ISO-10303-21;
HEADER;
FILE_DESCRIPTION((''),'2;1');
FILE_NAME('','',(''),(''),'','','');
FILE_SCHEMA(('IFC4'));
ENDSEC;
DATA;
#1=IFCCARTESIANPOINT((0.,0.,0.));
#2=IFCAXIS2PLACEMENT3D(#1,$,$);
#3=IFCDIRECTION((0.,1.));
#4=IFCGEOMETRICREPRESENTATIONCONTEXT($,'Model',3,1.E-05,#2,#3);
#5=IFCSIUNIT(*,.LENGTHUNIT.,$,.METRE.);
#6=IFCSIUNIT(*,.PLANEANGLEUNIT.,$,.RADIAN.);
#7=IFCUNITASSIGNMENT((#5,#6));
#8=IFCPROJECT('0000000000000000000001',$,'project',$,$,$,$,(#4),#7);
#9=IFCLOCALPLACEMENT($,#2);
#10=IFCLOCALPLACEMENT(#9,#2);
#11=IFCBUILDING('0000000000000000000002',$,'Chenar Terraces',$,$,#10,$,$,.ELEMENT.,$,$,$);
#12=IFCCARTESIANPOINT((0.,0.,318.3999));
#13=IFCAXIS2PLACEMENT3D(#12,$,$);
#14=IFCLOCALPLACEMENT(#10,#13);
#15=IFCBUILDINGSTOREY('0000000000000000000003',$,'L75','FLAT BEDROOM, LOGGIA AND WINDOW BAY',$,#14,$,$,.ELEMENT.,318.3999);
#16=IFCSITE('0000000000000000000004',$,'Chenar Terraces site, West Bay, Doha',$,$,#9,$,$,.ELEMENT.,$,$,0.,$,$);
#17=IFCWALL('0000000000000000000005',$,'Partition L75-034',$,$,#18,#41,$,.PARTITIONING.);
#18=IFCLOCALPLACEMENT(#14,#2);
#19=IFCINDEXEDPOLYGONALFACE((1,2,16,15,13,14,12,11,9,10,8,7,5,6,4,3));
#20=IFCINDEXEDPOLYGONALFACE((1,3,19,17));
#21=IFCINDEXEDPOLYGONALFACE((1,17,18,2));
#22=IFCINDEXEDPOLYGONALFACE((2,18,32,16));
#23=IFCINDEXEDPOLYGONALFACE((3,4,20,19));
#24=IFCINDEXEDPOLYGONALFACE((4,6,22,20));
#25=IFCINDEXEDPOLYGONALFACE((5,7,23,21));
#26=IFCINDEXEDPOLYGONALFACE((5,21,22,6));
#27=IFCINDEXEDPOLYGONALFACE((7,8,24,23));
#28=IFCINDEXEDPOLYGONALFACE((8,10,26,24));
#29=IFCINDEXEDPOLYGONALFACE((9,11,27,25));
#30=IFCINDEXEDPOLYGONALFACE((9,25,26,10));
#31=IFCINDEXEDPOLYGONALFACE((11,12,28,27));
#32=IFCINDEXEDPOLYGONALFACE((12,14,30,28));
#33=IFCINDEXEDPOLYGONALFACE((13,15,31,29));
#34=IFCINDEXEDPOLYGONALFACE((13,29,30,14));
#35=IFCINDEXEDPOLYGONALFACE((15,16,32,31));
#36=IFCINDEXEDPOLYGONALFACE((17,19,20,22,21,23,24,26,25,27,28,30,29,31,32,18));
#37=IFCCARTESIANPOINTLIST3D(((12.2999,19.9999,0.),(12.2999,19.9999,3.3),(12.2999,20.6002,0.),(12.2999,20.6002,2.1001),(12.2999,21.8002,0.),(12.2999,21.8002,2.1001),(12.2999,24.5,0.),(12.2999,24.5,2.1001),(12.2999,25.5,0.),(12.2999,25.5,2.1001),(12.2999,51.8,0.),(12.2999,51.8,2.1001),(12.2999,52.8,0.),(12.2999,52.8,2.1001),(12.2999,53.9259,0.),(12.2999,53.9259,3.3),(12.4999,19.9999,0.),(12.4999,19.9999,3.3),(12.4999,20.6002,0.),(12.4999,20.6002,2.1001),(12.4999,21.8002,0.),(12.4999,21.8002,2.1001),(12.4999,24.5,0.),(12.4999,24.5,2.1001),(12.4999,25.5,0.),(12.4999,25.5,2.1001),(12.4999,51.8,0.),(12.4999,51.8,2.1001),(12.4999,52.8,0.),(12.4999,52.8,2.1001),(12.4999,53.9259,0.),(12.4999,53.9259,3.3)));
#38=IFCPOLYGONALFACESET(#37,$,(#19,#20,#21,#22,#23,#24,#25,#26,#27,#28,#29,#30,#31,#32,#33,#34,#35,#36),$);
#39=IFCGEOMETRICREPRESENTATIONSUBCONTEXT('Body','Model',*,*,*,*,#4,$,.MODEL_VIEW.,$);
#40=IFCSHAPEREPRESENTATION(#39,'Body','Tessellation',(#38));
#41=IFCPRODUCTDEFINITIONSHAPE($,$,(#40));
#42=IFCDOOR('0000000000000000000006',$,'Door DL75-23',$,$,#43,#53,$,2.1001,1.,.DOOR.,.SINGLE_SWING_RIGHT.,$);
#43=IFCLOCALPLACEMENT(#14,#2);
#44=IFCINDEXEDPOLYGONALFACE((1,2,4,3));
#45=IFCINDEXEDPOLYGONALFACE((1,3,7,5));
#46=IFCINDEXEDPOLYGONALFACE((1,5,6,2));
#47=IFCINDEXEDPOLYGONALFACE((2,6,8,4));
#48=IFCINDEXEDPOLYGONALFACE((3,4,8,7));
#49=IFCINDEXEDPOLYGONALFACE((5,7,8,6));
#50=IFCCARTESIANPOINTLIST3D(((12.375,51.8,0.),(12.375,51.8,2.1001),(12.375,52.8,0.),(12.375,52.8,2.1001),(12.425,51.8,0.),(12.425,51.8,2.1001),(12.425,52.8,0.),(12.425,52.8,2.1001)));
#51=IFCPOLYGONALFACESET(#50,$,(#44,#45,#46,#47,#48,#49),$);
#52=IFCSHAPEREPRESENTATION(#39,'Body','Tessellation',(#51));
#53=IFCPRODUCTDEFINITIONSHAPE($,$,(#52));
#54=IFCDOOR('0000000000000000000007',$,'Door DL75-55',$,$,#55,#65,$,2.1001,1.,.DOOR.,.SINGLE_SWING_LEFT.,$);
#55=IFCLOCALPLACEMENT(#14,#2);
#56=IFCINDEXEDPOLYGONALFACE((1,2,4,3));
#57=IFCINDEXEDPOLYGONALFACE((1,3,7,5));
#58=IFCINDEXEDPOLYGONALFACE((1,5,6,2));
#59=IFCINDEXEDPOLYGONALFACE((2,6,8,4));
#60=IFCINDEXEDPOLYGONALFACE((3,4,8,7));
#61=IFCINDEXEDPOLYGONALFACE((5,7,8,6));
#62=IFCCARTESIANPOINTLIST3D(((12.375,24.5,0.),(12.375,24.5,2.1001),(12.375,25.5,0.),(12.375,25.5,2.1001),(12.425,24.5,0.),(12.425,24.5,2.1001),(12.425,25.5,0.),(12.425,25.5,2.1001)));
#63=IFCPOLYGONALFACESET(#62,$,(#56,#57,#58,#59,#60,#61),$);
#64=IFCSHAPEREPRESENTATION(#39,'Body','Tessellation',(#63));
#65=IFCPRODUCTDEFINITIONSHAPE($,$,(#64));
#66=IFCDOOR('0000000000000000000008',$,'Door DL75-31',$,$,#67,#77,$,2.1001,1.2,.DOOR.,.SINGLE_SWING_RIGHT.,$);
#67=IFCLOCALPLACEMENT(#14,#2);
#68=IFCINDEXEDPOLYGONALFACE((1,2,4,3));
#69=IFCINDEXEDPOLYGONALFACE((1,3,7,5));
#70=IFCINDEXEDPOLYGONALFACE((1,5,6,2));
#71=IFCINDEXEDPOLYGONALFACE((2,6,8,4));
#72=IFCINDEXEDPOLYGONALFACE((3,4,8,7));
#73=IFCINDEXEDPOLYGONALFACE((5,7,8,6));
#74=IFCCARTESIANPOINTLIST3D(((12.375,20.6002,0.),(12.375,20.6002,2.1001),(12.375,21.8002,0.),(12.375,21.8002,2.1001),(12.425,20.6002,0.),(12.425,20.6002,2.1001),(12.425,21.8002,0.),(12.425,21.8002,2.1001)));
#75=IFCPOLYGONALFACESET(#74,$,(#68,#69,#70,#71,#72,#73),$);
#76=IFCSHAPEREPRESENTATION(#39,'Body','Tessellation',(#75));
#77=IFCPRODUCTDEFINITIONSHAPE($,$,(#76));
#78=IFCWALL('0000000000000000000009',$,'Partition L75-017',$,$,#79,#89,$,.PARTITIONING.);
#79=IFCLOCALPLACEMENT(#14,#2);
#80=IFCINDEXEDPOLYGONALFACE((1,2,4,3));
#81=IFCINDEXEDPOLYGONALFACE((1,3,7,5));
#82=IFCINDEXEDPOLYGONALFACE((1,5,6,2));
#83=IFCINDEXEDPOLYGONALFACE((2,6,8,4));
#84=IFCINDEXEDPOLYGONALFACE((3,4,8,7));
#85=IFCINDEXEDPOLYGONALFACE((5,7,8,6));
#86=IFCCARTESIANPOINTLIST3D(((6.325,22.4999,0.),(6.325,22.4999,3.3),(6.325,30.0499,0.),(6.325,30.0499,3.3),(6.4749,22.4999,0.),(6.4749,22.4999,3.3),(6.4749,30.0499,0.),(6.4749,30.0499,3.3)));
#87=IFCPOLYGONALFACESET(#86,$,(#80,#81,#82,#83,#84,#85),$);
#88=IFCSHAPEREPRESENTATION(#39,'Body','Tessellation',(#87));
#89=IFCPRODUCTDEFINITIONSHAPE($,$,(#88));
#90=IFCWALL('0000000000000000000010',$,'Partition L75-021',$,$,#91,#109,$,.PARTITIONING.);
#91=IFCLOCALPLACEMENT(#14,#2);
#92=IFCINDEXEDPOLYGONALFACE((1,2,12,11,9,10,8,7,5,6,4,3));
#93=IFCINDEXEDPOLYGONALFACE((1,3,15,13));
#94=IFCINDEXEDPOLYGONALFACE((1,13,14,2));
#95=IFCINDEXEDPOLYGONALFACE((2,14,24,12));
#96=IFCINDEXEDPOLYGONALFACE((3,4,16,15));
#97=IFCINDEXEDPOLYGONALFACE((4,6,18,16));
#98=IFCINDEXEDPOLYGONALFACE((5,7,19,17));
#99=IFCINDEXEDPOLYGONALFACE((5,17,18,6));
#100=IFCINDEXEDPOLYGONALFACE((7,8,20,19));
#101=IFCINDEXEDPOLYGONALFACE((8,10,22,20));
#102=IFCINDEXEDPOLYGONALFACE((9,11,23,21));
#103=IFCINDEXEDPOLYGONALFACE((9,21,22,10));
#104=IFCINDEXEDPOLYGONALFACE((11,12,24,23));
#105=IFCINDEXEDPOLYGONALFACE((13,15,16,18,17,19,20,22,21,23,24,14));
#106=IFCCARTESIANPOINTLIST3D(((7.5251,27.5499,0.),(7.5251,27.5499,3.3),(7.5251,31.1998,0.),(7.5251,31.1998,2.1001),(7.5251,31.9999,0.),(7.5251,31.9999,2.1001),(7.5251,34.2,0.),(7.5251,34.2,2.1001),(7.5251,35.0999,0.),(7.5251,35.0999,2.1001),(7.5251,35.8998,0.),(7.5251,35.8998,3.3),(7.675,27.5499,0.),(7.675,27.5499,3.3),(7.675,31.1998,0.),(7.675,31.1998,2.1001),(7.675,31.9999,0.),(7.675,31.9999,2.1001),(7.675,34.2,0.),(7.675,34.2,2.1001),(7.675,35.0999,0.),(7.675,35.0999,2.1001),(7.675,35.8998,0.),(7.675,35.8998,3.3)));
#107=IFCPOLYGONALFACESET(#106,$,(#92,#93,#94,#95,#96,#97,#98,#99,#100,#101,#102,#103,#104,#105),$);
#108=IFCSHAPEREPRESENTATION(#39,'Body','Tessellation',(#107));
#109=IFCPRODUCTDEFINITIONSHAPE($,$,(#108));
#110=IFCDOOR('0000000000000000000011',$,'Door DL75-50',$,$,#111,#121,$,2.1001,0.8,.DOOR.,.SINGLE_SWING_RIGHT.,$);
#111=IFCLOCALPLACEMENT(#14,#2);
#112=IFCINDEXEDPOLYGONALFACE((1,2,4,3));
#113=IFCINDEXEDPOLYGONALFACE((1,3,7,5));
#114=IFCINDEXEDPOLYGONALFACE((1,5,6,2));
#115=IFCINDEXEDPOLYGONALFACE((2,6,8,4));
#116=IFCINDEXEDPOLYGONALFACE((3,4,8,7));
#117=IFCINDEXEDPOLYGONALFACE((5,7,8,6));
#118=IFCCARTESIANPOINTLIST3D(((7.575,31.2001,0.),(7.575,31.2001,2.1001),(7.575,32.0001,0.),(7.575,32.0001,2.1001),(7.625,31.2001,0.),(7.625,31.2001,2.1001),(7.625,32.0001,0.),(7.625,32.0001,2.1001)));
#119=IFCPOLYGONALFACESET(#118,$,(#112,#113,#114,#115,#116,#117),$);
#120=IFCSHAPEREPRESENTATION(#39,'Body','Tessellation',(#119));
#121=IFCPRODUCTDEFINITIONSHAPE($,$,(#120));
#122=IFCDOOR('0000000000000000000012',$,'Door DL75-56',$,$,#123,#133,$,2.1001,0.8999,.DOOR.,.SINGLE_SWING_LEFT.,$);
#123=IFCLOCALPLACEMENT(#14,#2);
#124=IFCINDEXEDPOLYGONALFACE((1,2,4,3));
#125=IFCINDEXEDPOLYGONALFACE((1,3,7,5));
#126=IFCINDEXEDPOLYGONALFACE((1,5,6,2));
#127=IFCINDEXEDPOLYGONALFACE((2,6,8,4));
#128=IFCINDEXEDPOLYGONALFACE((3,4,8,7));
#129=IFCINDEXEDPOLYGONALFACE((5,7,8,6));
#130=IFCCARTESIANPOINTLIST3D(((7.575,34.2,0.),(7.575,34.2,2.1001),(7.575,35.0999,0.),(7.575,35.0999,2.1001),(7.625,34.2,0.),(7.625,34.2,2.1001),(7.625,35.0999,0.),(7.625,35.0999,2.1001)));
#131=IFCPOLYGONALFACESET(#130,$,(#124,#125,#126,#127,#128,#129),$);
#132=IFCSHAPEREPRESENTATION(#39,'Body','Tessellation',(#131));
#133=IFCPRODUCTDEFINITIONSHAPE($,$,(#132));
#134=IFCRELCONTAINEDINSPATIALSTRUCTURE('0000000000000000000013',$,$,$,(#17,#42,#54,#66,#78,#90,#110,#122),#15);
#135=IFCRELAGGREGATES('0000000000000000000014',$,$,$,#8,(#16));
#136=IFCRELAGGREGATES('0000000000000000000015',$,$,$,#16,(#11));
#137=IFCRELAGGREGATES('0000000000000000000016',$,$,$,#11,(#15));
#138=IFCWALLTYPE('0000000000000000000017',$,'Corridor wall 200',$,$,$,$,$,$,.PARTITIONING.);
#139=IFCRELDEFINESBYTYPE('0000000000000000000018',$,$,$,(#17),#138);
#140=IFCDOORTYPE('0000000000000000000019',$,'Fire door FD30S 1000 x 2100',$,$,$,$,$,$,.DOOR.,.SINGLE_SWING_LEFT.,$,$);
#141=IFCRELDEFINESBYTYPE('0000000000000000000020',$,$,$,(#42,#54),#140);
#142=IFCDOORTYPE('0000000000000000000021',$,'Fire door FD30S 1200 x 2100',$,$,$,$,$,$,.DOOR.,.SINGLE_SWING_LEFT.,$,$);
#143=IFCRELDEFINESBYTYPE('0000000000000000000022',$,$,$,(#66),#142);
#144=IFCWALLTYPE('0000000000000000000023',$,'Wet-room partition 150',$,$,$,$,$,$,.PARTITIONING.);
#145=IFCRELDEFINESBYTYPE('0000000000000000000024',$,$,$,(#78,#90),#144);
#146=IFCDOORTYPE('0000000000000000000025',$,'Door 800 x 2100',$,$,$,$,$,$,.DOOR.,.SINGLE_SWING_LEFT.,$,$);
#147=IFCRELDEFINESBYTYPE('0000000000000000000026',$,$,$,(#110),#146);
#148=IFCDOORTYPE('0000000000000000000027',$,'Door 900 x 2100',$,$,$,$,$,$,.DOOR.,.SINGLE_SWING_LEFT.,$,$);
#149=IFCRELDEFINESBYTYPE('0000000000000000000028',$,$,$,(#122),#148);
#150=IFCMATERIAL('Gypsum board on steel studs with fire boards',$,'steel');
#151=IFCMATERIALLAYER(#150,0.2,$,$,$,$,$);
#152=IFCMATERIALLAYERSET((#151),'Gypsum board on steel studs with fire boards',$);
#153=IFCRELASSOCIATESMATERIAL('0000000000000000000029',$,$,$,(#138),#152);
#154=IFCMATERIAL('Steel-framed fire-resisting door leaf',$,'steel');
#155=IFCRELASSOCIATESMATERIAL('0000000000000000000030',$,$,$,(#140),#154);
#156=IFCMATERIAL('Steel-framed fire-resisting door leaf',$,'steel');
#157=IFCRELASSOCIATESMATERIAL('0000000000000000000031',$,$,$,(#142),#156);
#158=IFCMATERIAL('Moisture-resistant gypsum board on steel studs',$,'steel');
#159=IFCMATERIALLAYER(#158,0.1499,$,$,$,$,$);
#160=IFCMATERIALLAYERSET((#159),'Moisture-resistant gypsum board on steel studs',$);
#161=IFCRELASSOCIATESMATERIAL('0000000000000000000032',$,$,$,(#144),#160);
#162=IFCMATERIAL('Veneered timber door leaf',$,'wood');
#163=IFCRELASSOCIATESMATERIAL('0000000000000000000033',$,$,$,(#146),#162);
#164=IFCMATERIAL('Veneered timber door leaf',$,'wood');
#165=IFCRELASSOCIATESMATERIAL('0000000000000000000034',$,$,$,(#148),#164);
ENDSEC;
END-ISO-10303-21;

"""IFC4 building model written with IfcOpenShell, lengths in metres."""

from ifc_helpers import new_model, si_unit, direction, frame, frame_2d, origin, place, context, subcontext, project, spatial, rectangle, extrude, material, layer, layer_set, type_object, element, fill, save


model = new_model("IFC4")

# Units and contexts
model_context = context("Model", 3, precision=1e-05, world=origin(), true_north=direction((0.0, 1.0)))
body_context = subcontext(model_context, "Body", "Model", "MODEL_VIEW")
ifc_project = project(units=[si_unit("LENGTHUNIT", "METRE"), si_unit("PLANEANGLEUNIT", "RADIAN")], contexts=[model_context])

# Site, building, storey
site_placement = place(None, origin())
site = spatial("IfcSite", under=ifc_project, at=site_placement, Name="Chenar Terraces site, West Bay, Doha", CompositionType="ELEMENT", RefElevation=0.0)
building_placement = place(site_placement, origin())
building = spatial("IfcBuilding", under=site, at=building_placement, Name="Chenar Terraces", CompositionType="ELEMENT")
storey_placement = place(building_placement, frame((0.0, 0.0, 318.3999)))
storey = spatial("IfcBuildingStorey", under=building, at=storey_placement, Name="L75", Description="FLAT BEDROOM, LOGGIA AND WINDOW BAY", CompositionType="ELEMENT", Elevation=318.3999)

# Wall, openings, doors
ifc_material_1 = material(Name="Gypsum board on steel studs with fire boards", Category="steel")
ifc_layer_1 = layer(ifc_material_1, 0.2)
ifc_layer_set_1 = layer_set([ifc_layer_1], Name="Gypsum board on steel studs with fire boards")
wall_type_1 = type_object("IfcWallType", Name="Corridor wall 200", PredefinedType="PARTITIONING", material=ifc_layer_set_1)
wall_1_placement = place(storey_placement, frame((12.3999, 20.0, 0.0), z_axis=(0.0, 0.0, 1.0), x_axis=(0.0, 1.0, 0.0)))
wall_1 = element("IfcWall", 1, at=wall_1_placement, inside=storey, type_object=wall_type_1, Name="Partition L75-034", PredefinedType="PARTITIONING", context=body_context, shape_type="SweptSolid", body=[
    extrude(rectangle(XDim=33.926, YDim=0.2, at=frame_2d((16.9629, 0.0))), origin(), (0.0, 0.0, 1.0), 3.3),
])
opening_1_placement = place(wall_1_placement, frame((31.8, 0.0, 0.0)))
opening_1 = element("IfcOpeningElement", 2, at=opening_1_placement, cuts=wall_1, PredefinedType="OPENING", context=body_context, shape_type="SweptSolid", body=[
    extrude(rectangle(XDim=1.0, YDim=2.1001, at=frame_2d((0.5, 1.05))), frame((0.0, 0.1099, 0.0), z_axis=(0.0, -1.0, 0.0), x_axis=(1.0, 0.0, 0.0)), (0.0, 0.0, 1.0), 0.22),
])
opening_2_placement = place(wall_1_placement, frame((0.6001, 0.0, 0.0)))
opening_2 = element("IfcOpeningElement", 3, at=opening_2_placement, cuts=wall_1, PredefinedType="OPENING", context=body_context, shape_type="SweptSolid", body=[
    extrude(rectangle(XDim=1.2, YDim=2.1001, at=frame_2d((0.6001, 1.05))), frame((0.0, 0.1099, 0.0), z_axis=(0.0, -1.0, 0.0), x_axis=(1.0, 0.0, 0.0)), (0.0, 0.0, 1.0), 0.22),
])
opening_3_placement = place(wall_1_placement, frame((4.5, 0.0, 0.0)))
opening_3 = element("IfcOpeningElement", 4, at=opening_3_placement, cuts=wall_1, PredefinedType="OPENING", context=body_context, shape_type="SweptSolid", body=[
    extrude(rectangle(XDim=1.0, YDim=2.1001, at=frame_2d((0.5, 1.05))), frame((0.0, 0.1099, 0.0), z_axis=(0.0, -1.0, 0.0), x_axis=(1.0, 0.0, 0.0)), (0.0, 0.0, 1.0), 0.22),
])
ifc_material_2 = material(Name="Steel-framed fire-resisting door leaf", Category="steel")
door_type_1 = type_object("IfcDoorType", Name="Fire door FD30S 1000 x 2100", OperationType="SINGLE_SWING_LEFT", PredefinedType="DOOR", material=ifc_material_2)
door_1_placement = place(opening_1_placement, origin())
door_1 = element("IfcDoor", 5, at=door_1_placement, inside=storey, type_object=door_type_1, Name="Door DL75-23", OperationType="SINGLE_SWING_RIGHT", OverallHeight=2.1001, OverallWidth=1.0, PredefinedType="DOOR", context=body_context, shape_type="SweptSolid", body=[
    extrude(rectangle(XDim=1.0, YDim=2.1001, at=frame_2d((0.5, 1.05))), frame((0.0, 0.0249, 0.0), z_axis=(0.0, -1.0, 0.0), x_axis=(1.0, 0.0, 0.0)), (0.0, 0.0, 1.0), 0.05),
])
fill(opening_1, door_1)
door_2_placement = place(opening_3_placement, origin())
door_2 = element("IfcDoor", 6, at=door_2_placement, inside=storey, type_object=door_type_1, Name="Door DL75-55", OperationType="SINGLE_SWING_LEFT", OverallHeight=2.1001, OverallWidth=1.0, PredefinedType="DOOR", context=body_context, shape_type="SweptSolid", body=[
    extrude(rectangle(XDim=1.0, YDim=2.1001, at=frame_2d((0.5, 1.05))), frame((0.0, 0.0249, 0.0), z_axis=(0.0, -1.0, 0.0), x_axis=(1.0, 0.0, 0.0)), (0.0, 0.0, 1.0), 0.05),
])
fill(opening_3, door_2)
ifc_material_3 = material(Name="Steel-framed fire-resisting door leaf", Category="steel")
door_type_2 = type_object("IfcDoorType", Name="Fire door FD30S 1200 x 2100", OperationType="SINGLE_SWING_LEFT", PredefinedType="DOOR", material=ifc_material_3)
door_3_placement = place(opening_2_placement, origin())
door_3 = element("IfcDoor", 7, at=door_3_placement, inside=storey, type_object=door_type_2, Name="Door DL75-31", OperationType="SINGLE_SWING_RIGHT", OverallHeight=2.1001, OverallWidth=1.2, PredefinedType="DOOR", context=body_context, shape_type="SweptSolid", body=[
    extrude(rectangle(XDim=1.2, YDim=2.1001, at=frame_2d((0.6001, 1.05))), frame((0.0, 0.0249, 0.0), z_axis=(0.0, -1.0, 0.0), x_axis=(1.0, 0.0, 0.0)), (0.0, 0.0, 1.0), 0.05),
])
fill(opening_2, door_3)

# Wall
ifc_material_4 = material(Name="Moisture-resistant gypsum board on steel studs", Category="steel")
ifc_layer_2 = layer(ifc_material_4, 0.1499)
ifc_layer_set_2 = layer_set([ifc_layer_2], Name="Moisture-resistant gypsum board on steel studs")
wall_type_2 = type_object("IfcWallType", Name="Wet-room partition 150", PredefinedType="PARTITIONING", material=ifc_layer_set_2)
wall_2_placement = place(storey_placement, frame((6.3999, 22.5, 0.0), z_axis=(0.0, 0.0, 1.0), x_axis=(0.0, 1.0, 0.0)))
element("IfcWall", 8, at=wall_2_placement, inside=storey, type_object=wall_type_2, Name="Partition L75-017", PredefinedType="PARTITIONING", context=body_context, shape_type="SweptSolid", body=[
    extrude(rectangle(XDim=7.55, YDim=0.1499, at=frame_2d((3.7749, 0.0))), origin(), (0.0, 0.0, 1.0), 3.3),
])

# Wall, openings, doors
wall_3_placement = place(storey_placement, frame((7.6001, 27.55, 0.0), z_axis=(0.0, 0.0, 1.0), x_axis=(0.0, 1.0, 0.0)))
wall_3 = element("IfcWall", 9, at=wall_3_placement, inside=storey, type_object=wall_type_2, Name="Partition L75-021", PredefinedType="PARTITIONING", context=body_context, shape_type="SweptSolid", body=[
    extrude(rectangle(XDim=8.3499, YDim=0.1499, at=frame_2d((4.1748, 0.0))), origin(), (0.0, 0.0, 1.0), 3.3),
])
opening_4_placement = place(wall_3_placement, frame((3.6499, 0.0, 0.0)))
opening_4 = element("IfcOpeningElement", 10, at=opening_4_placement, cuts=wall_3, PredefinedType="OPENING", context=body_context, shape_type="SweptSolid", body=[
    extrude(rectangle(XDim=0.8, YDim=2.1001, at=frame_2d((0.3999, 1.05))), frame((0.0, 0.085, 0.0), z_axis=(0.0, -1.0, 0.0), x_axis=(1.0, 0.0, 0.0)), (0.0, 0.0, 1.0), 0.1699),
])
opening_5_placement = place(wall_3_placement, frame((6.6499, 0.0, 0.0)))
opening_5 = element("IfcOpeningElement", 11, at=opening_5_placement, cuts=wall_3, PredefinedType="OPENING", context=body_context, shape_type="SweptSolid", body=[
    extrude(rectangle(XDim=0.8999, YDim=2.1001, at=frame_2d((0.45, 1.05))), frame((0.0, 0.085, 0.0), z_axis=(0.0, -1.0, 0.0), x_axis=(1.0, 0.0, 0.0)), (0.0, 0.0, 1.0), 0.1699),
])
ifc_material_5 = material(Name="Veneered timber door leaf", Category="wood")
door_type_3 = type_object("IfcDoorType", Name="Door 800 x 2100", OperationType="SINGLE_SWING_LEFT", PredefinedType="DOOR", material=ifc_material_5)
door_4_placement = place(opening_4_placement, frame((0.8, 0.0, 0.0), z_axis=(0.0, 0.0, 1.0), x_axis=(-1.0, 0.0, 0.0)))
door_4 = element("IfcDoor", 12, at=door_4_placement, inside=storey, type_object=door_type_3, Name="Door DL75-50", OperationType="SINGLE_SWING_RIGHT", OverallHeight=2.1001, OverallWidth=0.8, PredefinedType="DOOR", context=body_context, shape_type="SweptSolid", body=[
    extrude(rectangle(XDim=0.8, YDim=2.1001, at=frame_2d((0.3999, 1.05))), frame((0.0, 0.0249, 0.0), z_axis=(0.0, -1.0, 0.0), x_axis=(1.0, 0.0, 0.0)), (0.0, 0.0, 1.0), 0.05),
])
fill(opening_4, door_4)
ifc_material_6 = material(Name="Veneered timber door leaf", Category="wood")
door_type_4 = type_object("IfcDoorType", Name="Door 900 x 2100", OperationType="SINGLE_SWING_LEFT", PredefinedType="DOOR", material=ifc_material_6)
door_5_placement = place(opening_5_placement, frame((0.8999, 0.0, 0.0), z_axis=(0.0, 0.0, 1.0), x_axis=(-1.0, 0.0, 0.0)))
door_5 = element("IfcDoor", 13, at=door_5_placement, inside=storey, type_object=door_type_4, Name="Door DL75-56", OperationType="SINGLE_SWING_LEFT", OverallHeight=2.1001, OverallWidth=0.8999, PredefinedType="DOOR", context=body_context, shape_type="SweptSolid", body=[
    extrude(rectangle(XDim=0.8999, YDim=2.1001, at=frame_2d((0.45, 1.05))), frame((0.0, 0.0249, 0.0), z_axis=(0.0, -1.0, 0.0), x_axis=(1.0, 0.0, 0.0)), (0.0, 0.0, 1.0), 0.05),
])
fill(opening_5, door_5)

save(model, "model.ifc")
